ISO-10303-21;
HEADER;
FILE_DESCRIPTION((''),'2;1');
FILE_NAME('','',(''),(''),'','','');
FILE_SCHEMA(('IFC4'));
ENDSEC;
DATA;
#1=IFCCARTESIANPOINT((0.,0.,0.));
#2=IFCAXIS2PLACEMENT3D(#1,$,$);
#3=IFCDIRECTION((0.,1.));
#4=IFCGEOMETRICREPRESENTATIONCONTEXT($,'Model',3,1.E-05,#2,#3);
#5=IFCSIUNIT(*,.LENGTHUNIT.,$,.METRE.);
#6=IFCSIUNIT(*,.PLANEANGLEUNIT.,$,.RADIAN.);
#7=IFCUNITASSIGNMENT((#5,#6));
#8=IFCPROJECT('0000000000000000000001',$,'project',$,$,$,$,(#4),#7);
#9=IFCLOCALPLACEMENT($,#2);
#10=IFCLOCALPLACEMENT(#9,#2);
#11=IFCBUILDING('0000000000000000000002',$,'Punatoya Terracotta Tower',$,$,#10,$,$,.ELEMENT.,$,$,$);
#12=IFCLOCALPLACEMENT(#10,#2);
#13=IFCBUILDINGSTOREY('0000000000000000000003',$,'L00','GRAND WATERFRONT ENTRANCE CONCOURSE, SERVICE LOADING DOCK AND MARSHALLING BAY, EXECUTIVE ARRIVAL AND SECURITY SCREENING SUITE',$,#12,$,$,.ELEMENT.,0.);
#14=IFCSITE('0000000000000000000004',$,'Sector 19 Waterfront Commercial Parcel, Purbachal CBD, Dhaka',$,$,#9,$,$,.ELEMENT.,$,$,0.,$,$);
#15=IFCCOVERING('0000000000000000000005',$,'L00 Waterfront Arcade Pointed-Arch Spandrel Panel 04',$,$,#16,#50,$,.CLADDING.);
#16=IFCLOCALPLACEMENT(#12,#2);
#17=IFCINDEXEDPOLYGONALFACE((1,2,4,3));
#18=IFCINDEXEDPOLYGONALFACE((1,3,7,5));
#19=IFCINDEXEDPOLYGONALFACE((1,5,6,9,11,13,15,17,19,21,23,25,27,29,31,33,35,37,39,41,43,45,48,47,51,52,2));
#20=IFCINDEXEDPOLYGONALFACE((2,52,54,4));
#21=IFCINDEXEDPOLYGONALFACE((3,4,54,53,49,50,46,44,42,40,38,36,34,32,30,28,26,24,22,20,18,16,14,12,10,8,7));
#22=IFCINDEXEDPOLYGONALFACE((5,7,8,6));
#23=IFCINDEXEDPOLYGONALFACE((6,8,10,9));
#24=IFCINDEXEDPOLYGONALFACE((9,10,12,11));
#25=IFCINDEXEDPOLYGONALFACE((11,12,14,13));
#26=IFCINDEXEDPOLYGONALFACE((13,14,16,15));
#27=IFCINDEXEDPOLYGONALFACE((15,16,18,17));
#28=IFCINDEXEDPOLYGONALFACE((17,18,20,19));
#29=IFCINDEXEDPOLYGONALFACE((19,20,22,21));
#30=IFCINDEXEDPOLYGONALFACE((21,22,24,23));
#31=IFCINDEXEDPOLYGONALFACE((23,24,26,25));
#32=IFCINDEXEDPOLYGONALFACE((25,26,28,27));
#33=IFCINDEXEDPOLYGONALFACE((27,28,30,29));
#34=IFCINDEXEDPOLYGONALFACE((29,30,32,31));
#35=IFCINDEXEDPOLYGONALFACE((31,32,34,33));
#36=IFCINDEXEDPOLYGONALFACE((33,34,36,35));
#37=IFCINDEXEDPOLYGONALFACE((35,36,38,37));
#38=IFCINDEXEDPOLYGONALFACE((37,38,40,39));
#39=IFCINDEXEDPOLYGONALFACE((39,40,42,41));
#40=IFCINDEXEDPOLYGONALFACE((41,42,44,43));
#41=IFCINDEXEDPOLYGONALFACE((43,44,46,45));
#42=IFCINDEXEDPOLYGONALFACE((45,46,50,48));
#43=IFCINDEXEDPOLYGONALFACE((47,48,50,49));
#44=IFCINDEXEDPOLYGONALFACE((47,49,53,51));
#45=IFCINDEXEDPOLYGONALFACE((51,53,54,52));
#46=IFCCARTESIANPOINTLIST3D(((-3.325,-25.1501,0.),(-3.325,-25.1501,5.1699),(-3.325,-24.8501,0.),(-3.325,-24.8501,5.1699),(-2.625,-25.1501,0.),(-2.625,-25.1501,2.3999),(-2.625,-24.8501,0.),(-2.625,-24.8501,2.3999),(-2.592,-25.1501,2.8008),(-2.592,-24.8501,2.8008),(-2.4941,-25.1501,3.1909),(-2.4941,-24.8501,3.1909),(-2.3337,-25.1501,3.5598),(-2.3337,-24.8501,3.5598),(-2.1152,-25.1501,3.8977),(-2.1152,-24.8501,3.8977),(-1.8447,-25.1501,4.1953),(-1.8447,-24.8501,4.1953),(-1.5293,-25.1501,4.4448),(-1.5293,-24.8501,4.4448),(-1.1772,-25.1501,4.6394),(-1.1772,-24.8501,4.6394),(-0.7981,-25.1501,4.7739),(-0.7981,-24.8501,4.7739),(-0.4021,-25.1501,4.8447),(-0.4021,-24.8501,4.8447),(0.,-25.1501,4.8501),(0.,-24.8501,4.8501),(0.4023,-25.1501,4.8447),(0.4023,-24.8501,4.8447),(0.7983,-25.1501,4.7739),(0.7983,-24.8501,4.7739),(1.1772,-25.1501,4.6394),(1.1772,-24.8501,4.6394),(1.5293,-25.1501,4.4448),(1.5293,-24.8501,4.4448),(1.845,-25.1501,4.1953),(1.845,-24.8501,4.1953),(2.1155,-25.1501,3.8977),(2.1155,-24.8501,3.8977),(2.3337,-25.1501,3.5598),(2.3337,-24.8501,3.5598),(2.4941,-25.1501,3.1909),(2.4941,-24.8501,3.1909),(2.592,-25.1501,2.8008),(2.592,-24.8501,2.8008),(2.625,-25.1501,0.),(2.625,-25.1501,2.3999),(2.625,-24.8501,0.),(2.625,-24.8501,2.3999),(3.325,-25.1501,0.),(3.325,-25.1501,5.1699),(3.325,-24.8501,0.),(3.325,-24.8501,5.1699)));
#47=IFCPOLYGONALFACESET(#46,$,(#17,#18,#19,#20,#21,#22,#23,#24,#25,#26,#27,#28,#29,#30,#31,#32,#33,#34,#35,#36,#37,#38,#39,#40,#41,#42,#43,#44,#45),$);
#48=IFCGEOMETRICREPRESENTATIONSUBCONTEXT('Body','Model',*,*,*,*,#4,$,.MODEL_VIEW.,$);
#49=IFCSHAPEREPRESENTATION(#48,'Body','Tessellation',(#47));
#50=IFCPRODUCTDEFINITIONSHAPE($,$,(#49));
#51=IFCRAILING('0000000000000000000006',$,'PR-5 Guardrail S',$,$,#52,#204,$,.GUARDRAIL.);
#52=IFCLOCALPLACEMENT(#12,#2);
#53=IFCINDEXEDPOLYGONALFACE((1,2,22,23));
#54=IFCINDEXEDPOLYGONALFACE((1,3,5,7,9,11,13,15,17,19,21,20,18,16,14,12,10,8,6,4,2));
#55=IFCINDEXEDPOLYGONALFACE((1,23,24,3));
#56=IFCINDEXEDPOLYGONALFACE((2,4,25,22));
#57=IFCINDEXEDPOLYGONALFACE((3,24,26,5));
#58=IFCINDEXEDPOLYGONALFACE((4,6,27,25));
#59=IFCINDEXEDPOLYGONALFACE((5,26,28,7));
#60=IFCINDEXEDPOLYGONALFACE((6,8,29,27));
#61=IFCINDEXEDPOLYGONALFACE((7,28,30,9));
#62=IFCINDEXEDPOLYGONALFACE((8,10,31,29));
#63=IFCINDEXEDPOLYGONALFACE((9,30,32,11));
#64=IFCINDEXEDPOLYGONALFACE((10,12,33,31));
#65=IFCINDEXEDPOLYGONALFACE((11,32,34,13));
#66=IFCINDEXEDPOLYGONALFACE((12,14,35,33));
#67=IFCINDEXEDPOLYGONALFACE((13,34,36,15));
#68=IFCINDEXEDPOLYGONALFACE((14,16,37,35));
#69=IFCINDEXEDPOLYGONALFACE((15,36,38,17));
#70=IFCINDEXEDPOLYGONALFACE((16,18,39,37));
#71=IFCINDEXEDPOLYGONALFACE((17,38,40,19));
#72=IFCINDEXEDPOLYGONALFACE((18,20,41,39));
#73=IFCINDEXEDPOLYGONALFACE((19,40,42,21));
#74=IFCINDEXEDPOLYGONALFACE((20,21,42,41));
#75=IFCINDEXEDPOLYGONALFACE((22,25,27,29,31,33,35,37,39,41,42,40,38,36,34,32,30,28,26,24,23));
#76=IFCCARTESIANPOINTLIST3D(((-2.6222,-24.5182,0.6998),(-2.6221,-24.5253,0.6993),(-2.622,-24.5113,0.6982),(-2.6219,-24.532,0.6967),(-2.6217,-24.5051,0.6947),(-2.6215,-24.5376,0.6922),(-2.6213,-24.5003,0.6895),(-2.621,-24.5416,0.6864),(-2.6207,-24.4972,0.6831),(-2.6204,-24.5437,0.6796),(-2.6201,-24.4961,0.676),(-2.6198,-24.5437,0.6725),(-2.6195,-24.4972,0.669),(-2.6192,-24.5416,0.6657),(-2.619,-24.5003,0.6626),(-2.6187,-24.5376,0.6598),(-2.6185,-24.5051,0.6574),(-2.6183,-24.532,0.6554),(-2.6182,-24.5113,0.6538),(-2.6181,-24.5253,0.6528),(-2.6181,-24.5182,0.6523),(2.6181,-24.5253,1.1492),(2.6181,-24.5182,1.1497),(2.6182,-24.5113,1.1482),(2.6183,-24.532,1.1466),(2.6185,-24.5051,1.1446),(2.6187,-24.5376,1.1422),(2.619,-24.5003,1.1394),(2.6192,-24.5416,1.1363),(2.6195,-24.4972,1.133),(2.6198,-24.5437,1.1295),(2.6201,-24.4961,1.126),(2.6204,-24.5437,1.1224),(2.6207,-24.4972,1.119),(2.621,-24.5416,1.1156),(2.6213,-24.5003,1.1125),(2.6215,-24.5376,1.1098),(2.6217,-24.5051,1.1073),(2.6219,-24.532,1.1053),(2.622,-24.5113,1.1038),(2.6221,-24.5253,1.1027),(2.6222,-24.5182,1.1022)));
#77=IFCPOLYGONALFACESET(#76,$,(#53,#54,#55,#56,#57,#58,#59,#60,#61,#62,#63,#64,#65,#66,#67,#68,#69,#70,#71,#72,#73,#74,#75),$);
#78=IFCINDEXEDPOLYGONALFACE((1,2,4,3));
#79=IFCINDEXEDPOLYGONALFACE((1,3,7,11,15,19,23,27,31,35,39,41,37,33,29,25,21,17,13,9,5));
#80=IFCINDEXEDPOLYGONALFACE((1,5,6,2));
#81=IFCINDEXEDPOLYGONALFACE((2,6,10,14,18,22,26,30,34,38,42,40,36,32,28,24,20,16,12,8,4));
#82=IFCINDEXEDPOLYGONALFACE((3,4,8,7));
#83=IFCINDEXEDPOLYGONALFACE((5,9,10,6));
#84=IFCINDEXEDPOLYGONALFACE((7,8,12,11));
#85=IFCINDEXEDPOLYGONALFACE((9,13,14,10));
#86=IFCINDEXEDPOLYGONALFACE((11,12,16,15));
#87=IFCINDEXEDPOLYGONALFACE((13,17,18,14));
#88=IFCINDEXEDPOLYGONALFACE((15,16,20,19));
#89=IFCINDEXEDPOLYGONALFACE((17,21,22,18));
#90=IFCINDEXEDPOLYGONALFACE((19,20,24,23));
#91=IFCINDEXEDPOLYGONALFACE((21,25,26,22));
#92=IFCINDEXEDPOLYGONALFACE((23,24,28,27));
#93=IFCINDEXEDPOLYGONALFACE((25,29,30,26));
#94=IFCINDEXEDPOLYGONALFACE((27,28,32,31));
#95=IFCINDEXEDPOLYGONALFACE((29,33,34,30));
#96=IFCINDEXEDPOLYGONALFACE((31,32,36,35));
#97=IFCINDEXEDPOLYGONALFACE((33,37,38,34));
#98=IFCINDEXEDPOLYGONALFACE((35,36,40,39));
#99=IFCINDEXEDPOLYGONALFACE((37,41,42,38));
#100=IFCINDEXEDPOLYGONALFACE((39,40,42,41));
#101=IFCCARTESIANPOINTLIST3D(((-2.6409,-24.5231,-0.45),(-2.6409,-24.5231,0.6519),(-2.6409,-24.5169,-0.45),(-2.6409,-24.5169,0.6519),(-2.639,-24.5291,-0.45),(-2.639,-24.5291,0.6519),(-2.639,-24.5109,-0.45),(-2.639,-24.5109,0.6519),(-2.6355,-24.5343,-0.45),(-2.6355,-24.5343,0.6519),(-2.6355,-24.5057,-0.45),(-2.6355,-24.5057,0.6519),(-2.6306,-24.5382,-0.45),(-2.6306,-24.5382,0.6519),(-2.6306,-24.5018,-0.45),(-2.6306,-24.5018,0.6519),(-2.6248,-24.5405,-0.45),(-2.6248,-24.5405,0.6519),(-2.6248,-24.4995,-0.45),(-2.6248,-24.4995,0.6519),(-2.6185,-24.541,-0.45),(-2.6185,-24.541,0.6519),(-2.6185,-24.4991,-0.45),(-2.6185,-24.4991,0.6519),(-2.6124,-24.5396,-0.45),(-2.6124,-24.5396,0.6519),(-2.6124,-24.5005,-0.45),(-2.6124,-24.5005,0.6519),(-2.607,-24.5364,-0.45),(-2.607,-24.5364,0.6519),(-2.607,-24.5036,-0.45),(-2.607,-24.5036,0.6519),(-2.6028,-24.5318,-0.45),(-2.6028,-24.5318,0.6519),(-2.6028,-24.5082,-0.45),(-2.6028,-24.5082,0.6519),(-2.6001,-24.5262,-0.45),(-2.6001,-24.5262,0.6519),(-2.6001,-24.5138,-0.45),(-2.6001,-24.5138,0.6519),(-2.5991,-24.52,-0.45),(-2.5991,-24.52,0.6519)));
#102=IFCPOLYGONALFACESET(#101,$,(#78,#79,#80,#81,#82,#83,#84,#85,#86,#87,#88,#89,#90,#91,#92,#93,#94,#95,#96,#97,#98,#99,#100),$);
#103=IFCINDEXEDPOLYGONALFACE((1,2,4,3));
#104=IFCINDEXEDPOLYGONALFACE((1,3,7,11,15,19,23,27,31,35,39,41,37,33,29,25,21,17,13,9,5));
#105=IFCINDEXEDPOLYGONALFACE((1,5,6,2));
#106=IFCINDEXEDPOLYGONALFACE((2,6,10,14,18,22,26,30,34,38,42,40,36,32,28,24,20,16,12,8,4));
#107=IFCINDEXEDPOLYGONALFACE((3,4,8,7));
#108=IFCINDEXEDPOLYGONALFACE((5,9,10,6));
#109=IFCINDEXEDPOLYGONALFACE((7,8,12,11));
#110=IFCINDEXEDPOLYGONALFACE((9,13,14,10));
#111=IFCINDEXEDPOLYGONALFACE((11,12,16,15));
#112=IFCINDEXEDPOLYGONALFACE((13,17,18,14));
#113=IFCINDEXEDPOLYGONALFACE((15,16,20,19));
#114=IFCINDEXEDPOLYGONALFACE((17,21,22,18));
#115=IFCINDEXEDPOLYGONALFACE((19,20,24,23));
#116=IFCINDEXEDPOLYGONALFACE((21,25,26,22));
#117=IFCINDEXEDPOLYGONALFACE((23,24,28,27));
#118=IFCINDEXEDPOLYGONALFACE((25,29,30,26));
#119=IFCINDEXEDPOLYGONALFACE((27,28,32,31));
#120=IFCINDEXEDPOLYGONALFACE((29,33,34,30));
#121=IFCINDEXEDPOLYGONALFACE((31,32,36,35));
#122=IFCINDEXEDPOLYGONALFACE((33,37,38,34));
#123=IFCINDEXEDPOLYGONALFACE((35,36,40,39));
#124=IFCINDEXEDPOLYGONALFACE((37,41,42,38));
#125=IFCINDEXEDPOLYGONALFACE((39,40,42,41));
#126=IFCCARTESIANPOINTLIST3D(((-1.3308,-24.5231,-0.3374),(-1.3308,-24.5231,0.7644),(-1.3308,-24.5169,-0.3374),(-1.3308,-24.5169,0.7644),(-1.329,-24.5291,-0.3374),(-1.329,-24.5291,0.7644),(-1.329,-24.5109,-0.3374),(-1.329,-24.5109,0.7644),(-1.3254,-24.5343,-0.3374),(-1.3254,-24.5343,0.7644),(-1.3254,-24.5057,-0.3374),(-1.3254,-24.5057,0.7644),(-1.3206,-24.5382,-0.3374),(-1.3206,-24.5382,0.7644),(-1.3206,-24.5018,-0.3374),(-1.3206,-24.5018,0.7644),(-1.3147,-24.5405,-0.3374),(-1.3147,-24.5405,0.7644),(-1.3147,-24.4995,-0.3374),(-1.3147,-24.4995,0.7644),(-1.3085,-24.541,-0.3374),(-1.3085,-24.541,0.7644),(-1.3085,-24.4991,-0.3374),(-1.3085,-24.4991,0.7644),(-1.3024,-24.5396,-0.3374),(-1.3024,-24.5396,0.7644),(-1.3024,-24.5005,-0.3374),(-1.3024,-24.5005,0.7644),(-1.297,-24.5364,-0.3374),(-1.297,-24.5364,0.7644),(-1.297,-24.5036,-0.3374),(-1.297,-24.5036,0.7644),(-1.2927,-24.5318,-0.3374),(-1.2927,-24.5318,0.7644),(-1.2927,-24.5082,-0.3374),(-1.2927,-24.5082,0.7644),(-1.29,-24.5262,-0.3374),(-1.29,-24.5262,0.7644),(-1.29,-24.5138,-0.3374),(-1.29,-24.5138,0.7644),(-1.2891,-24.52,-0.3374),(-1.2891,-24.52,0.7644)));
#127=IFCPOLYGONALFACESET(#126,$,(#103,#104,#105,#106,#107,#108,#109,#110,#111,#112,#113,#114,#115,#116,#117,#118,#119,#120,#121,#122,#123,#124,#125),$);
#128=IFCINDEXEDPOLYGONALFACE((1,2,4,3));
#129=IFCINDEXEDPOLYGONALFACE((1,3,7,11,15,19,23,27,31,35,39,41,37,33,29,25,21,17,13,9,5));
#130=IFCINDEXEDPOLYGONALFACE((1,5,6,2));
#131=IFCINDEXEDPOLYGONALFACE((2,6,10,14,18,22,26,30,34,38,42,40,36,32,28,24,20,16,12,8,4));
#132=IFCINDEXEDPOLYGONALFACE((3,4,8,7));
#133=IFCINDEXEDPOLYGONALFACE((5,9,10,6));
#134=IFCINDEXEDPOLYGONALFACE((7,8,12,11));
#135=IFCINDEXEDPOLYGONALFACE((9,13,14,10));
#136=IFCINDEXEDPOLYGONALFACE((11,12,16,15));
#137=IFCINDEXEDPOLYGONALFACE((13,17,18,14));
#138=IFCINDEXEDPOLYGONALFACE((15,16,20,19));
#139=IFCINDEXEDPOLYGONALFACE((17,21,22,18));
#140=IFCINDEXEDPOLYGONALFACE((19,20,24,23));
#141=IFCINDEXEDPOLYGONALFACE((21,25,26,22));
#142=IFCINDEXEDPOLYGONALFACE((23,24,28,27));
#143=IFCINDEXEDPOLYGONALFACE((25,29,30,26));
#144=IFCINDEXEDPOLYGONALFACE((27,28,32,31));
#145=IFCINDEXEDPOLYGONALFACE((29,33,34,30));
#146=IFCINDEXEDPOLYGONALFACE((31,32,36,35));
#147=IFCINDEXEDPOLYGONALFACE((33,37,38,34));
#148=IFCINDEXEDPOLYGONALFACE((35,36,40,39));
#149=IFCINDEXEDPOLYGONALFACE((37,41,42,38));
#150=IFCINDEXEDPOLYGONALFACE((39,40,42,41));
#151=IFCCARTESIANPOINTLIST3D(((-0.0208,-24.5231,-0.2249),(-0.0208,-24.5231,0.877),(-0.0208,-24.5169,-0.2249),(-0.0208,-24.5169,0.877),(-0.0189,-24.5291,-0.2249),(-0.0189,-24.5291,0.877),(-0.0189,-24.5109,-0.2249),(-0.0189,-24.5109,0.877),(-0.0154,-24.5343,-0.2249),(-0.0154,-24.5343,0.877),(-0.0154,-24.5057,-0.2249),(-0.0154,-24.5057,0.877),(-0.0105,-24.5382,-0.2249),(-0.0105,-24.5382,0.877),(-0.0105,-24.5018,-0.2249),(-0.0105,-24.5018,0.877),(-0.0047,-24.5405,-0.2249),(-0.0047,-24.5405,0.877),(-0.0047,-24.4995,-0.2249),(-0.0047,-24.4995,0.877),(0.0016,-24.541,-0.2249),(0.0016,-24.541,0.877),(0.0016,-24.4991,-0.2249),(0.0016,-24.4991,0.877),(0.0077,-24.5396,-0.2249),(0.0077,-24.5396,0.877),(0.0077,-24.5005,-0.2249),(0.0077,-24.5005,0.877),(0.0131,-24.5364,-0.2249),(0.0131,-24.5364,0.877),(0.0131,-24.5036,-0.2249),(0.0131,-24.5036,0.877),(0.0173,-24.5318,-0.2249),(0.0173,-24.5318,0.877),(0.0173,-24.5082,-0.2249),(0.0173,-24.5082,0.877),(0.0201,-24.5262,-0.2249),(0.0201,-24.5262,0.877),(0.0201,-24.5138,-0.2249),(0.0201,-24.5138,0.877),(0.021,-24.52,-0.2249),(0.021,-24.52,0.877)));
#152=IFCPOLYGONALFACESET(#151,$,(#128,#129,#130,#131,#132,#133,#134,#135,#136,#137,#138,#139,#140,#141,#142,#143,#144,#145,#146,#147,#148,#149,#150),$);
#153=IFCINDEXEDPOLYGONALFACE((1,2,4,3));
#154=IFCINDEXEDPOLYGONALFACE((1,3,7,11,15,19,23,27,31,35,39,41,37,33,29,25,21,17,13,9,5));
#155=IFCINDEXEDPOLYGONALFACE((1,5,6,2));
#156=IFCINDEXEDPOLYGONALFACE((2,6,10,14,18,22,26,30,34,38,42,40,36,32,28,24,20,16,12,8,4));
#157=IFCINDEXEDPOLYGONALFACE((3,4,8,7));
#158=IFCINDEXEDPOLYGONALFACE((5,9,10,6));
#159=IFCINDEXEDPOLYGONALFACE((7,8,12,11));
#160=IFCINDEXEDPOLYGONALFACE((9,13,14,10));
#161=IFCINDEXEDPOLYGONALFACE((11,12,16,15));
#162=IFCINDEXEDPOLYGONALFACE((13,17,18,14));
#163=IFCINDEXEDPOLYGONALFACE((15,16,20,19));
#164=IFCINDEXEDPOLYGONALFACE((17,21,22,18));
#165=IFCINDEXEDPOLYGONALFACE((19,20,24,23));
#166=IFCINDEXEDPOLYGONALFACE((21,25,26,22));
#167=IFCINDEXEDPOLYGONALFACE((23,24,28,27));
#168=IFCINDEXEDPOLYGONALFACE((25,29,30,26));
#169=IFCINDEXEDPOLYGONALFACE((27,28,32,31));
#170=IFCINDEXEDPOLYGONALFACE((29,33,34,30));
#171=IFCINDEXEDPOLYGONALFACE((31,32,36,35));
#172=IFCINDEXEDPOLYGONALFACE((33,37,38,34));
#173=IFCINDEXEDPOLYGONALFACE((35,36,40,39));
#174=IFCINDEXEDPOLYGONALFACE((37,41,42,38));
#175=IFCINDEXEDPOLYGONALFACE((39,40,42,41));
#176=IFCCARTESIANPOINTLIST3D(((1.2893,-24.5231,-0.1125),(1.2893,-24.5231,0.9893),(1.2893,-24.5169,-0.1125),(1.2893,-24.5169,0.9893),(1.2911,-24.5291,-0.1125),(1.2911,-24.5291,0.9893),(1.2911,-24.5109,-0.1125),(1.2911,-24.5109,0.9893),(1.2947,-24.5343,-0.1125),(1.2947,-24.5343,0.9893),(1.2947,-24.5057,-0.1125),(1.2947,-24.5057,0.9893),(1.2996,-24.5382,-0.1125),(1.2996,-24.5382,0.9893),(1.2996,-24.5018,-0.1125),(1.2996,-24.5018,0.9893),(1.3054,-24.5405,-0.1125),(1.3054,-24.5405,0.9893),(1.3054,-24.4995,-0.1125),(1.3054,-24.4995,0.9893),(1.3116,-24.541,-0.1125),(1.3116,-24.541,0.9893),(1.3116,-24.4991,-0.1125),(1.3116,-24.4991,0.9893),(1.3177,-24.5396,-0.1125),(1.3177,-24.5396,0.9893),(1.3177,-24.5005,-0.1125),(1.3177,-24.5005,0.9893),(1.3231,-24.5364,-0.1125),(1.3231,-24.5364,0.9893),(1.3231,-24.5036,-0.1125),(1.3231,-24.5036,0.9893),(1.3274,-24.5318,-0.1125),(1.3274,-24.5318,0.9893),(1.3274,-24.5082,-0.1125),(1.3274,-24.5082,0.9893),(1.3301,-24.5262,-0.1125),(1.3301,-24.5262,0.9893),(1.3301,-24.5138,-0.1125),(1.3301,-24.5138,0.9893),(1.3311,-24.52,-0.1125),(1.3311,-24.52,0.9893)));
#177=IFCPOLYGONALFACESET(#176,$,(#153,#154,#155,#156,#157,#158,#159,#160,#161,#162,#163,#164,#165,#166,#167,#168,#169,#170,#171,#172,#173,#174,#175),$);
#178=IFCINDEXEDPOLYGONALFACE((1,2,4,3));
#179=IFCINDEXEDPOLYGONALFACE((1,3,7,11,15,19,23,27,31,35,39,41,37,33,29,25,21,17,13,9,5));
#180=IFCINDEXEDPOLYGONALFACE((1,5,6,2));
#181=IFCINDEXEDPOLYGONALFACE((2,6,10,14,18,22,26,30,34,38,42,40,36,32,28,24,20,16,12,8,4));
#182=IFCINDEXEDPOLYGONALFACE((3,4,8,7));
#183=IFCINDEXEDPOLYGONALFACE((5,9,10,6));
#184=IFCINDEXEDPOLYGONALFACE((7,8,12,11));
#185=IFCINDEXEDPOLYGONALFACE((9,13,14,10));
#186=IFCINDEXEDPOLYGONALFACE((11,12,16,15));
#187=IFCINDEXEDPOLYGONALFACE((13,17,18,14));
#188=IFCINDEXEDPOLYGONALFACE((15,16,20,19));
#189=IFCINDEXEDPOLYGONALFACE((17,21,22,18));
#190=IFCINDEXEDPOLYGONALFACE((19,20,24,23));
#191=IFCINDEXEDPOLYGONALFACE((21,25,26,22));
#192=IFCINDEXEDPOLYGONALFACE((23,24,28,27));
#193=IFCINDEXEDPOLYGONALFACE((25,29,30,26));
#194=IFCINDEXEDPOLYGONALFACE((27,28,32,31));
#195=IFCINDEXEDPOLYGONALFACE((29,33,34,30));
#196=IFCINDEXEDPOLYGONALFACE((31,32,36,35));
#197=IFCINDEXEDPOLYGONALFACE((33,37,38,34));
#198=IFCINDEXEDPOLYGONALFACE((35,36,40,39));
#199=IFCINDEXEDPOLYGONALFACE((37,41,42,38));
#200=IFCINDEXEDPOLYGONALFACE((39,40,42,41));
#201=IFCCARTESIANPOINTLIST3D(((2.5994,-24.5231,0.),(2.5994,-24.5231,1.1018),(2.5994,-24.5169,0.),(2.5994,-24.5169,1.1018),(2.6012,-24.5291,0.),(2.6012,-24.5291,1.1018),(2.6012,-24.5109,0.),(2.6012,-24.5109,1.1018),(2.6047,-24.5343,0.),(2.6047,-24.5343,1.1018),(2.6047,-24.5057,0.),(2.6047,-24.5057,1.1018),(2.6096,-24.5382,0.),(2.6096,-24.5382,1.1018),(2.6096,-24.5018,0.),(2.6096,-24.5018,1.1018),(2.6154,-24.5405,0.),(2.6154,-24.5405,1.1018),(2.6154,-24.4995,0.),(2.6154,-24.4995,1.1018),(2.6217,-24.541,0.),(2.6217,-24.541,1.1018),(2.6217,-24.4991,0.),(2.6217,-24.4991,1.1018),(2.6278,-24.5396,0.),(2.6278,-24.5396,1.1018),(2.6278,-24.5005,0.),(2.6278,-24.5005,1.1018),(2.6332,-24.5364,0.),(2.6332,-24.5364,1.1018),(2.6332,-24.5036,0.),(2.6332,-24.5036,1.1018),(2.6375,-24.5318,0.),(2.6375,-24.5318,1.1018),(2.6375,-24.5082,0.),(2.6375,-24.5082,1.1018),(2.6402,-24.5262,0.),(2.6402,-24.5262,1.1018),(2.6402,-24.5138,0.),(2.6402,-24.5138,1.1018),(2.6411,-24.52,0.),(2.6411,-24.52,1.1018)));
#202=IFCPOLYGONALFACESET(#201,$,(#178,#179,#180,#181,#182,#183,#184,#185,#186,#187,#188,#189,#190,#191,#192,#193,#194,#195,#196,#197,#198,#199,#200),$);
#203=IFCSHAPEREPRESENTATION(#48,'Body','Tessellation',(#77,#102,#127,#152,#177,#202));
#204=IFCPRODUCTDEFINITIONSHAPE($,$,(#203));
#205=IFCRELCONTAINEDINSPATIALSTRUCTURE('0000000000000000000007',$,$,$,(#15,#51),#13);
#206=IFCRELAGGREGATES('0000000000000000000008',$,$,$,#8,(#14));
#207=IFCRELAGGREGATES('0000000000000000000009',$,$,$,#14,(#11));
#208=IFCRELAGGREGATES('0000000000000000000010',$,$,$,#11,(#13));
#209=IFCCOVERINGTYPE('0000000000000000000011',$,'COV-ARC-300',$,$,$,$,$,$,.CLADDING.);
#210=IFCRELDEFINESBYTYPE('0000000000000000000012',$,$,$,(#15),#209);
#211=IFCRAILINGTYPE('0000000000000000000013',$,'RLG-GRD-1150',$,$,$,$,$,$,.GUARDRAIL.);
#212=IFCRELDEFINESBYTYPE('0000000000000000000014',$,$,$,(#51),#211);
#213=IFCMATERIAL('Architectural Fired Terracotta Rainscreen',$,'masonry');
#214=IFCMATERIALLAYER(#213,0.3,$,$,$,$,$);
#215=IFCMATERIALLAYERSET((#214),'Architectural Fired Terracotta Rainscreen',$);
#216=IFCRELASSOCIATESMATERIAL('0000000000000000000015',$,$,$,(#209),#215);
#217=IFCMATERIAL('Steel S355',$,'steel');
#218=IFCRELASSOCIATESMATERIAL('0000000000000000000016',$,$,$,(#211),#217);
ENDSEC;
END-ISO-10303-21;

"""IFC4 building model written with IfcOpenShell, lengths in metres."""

from ifc_helpers import new_model, si_unit, direction, frame, origin, origin_2d, place, context, subcontext, project, spatial, polyline, circle, outline, extrude, material, layer, layer_set, type_object, element, save


model = new_model("IFC4")

# Units and contexts
model_context = context("Model", 3, precision=1e-05, world=origin(), true_north=direction((0.0, 1.0)))
body_context = subcontext(model_context, "Body", "Model", "MODEL_VIEW")
ifc_project = project(units=[si_unit("LENGTHUNIT", "METRE"), si_unit("PLANEANGLEUNIT", "RADIAN")], contexts=[model_context])

# Site, building, storey
site_placement = place(None, origin())
site = spatial("IfcSite", under=ifc_project, at=site_placement, Name="Sector 19 Waterfront Commercial Parcel, Purbachal CBD, Dhaka", CompositionType="ELEMENT", RefElevation=0.0)
building_placement = place(site_placement, origin())
building = spatial("IfcBuilding", under=site, at=building_placement, Name="Punatoya Terracotta Tower", CompositionType="ELEMENT")
storey_placement = place(building_placement, origin())
storey = spatial("IfcBuildingStorey", under=building, at=storey_placement, Name="L00", Description="GRAND WATERFRONT ENTRANCE CONCOURSE, SERVICE LOADING DOCK AND MARSHALLING BAY, EXECUTIVE ARRIVAL AND SECURITY SCREENING SUITE", CompositionType="ELEMENT", Elevation=0.0)

# Shared definitions
ifc_material_1 = material(Name="Steel S355", Category="steel")

# Covering
ifc_material_2 = material(Name="Architectural Fired Terracotta Rainscreen", Category="masonry")
ifc_layer_1 = layer(ifc_material_2, 0.3)
ifc_layer_set_1 = layer_set([ifc_layer_1], Name="Architectural Fired Terracotta Rainscreen")
covering_type = type_object("IfcCoveringType", Name="COV-ARC-300", PredefinedType="CLADDING", material=ifc_layer_set_1)
covering_placement = place(storey_placement, frame((-3.325, -25.0, 0.0), z_axis=(0.0, 0.0, 1.0), x_axis=(1.0, 0.0, 0.0)))
element("IfcCovering", 1, at=covering_placement, inside=storey, type_object=covering_type, Name="L00 Waterfront Arcade Pointed-Arch Spandrel Panel 04", PredefinedType="CLADDING", context=body_context, shape_type="SweptSolid", body=[
    extrude(outline(polyline([(0.0, 0.0), (0.7, 0.0), (0.7, 2.3999), (0.7329, 2.8008), (0.8308, 3.1909), (0.9912, 3.5598), (1.2097, 3.8977), (1.4802, 4.1953), (1.7957, 4.4448), (2.1477, 4.6394), (2.5269, 4.7739), (2.9229, 4.8447), (3.325, 4.8501), (3.7273, 4.8447), (4.1233, 4.7739), (4.5022, 4.6394), (4.8542, 4.4448), (5.1699, 4.1953), (5.4404, 3.8977), (5.6587, 3.5598), (5.8191, 3.1909), (5.917, 2.8008), (5.95, 2.3999), (5.95, 0.0), (6.6499, 0.0), (6.6499, 5.1699), (0.0, 5.1699), (0.0, 0.0)])), frame((0.0, 0.1499, 0.0), z_axis=(0.0, -1.0, 0.0), x_axis=(1.0, 0.0, 0.0)), (0.0, 0.0, 1.0), 0.3),
])

# Railing
railing_type_1 = type_object("IfcRailingType", Name="RLG-GRD-1150", PredefinedType="GUARDRAIL", material=ifc_material_1)
for number, where, name in (
    (2, (-2.6201, -24.52, -0.45), "PR-5 Guardrail S"),
):
    element("IfcRailing", number, at=place(storey_placement, frame(where)), inside=storey, type_object=railing_type_1, Name=name, PredefinedType="GUARDRAIL", context=body_context, shape_type="SweptSolid", body=[
        extrude(circle(Radius=0.0239, at=origin_2d()), frame((0.0, 0.0, 1.126), z_axis=(0.996334, 0.0, 0.08555), x_axis=(0.0, 1.0, 0.0)), (0.0, 0.0, 1.0), 5.2595),
        extrude(circle(Radius=0.021, at=origin_2d()), origin(), (0.0, 0.0, 1.0), 1.1018),
        extrude(circle(Radius=0.021, at=origin_2d()), frame((1.3101, 0.0, 0.1125)), (0.0, 0.0, 1.0), 1.1018),
        extrude(circle(Radius=0.021, at=origin_2d()), frame((2.6201, 0.0, 0.2251)), (0.0, 0.0, 1.0), 1.1018),
        extrude(circle(Radius=0.021, at=origin_2d()), frame((3.9302, 0.0, 0.3374)), (0.0, 0.0, 1.0), 1.1018),
        extrude(circle(Radius=0.021, at=origin_2d()), frame((5.2402, 0.0, 0.45)), (0.0, 0.0, 1.0), 1.1018),
    ])

save(model, "model.ifc")
